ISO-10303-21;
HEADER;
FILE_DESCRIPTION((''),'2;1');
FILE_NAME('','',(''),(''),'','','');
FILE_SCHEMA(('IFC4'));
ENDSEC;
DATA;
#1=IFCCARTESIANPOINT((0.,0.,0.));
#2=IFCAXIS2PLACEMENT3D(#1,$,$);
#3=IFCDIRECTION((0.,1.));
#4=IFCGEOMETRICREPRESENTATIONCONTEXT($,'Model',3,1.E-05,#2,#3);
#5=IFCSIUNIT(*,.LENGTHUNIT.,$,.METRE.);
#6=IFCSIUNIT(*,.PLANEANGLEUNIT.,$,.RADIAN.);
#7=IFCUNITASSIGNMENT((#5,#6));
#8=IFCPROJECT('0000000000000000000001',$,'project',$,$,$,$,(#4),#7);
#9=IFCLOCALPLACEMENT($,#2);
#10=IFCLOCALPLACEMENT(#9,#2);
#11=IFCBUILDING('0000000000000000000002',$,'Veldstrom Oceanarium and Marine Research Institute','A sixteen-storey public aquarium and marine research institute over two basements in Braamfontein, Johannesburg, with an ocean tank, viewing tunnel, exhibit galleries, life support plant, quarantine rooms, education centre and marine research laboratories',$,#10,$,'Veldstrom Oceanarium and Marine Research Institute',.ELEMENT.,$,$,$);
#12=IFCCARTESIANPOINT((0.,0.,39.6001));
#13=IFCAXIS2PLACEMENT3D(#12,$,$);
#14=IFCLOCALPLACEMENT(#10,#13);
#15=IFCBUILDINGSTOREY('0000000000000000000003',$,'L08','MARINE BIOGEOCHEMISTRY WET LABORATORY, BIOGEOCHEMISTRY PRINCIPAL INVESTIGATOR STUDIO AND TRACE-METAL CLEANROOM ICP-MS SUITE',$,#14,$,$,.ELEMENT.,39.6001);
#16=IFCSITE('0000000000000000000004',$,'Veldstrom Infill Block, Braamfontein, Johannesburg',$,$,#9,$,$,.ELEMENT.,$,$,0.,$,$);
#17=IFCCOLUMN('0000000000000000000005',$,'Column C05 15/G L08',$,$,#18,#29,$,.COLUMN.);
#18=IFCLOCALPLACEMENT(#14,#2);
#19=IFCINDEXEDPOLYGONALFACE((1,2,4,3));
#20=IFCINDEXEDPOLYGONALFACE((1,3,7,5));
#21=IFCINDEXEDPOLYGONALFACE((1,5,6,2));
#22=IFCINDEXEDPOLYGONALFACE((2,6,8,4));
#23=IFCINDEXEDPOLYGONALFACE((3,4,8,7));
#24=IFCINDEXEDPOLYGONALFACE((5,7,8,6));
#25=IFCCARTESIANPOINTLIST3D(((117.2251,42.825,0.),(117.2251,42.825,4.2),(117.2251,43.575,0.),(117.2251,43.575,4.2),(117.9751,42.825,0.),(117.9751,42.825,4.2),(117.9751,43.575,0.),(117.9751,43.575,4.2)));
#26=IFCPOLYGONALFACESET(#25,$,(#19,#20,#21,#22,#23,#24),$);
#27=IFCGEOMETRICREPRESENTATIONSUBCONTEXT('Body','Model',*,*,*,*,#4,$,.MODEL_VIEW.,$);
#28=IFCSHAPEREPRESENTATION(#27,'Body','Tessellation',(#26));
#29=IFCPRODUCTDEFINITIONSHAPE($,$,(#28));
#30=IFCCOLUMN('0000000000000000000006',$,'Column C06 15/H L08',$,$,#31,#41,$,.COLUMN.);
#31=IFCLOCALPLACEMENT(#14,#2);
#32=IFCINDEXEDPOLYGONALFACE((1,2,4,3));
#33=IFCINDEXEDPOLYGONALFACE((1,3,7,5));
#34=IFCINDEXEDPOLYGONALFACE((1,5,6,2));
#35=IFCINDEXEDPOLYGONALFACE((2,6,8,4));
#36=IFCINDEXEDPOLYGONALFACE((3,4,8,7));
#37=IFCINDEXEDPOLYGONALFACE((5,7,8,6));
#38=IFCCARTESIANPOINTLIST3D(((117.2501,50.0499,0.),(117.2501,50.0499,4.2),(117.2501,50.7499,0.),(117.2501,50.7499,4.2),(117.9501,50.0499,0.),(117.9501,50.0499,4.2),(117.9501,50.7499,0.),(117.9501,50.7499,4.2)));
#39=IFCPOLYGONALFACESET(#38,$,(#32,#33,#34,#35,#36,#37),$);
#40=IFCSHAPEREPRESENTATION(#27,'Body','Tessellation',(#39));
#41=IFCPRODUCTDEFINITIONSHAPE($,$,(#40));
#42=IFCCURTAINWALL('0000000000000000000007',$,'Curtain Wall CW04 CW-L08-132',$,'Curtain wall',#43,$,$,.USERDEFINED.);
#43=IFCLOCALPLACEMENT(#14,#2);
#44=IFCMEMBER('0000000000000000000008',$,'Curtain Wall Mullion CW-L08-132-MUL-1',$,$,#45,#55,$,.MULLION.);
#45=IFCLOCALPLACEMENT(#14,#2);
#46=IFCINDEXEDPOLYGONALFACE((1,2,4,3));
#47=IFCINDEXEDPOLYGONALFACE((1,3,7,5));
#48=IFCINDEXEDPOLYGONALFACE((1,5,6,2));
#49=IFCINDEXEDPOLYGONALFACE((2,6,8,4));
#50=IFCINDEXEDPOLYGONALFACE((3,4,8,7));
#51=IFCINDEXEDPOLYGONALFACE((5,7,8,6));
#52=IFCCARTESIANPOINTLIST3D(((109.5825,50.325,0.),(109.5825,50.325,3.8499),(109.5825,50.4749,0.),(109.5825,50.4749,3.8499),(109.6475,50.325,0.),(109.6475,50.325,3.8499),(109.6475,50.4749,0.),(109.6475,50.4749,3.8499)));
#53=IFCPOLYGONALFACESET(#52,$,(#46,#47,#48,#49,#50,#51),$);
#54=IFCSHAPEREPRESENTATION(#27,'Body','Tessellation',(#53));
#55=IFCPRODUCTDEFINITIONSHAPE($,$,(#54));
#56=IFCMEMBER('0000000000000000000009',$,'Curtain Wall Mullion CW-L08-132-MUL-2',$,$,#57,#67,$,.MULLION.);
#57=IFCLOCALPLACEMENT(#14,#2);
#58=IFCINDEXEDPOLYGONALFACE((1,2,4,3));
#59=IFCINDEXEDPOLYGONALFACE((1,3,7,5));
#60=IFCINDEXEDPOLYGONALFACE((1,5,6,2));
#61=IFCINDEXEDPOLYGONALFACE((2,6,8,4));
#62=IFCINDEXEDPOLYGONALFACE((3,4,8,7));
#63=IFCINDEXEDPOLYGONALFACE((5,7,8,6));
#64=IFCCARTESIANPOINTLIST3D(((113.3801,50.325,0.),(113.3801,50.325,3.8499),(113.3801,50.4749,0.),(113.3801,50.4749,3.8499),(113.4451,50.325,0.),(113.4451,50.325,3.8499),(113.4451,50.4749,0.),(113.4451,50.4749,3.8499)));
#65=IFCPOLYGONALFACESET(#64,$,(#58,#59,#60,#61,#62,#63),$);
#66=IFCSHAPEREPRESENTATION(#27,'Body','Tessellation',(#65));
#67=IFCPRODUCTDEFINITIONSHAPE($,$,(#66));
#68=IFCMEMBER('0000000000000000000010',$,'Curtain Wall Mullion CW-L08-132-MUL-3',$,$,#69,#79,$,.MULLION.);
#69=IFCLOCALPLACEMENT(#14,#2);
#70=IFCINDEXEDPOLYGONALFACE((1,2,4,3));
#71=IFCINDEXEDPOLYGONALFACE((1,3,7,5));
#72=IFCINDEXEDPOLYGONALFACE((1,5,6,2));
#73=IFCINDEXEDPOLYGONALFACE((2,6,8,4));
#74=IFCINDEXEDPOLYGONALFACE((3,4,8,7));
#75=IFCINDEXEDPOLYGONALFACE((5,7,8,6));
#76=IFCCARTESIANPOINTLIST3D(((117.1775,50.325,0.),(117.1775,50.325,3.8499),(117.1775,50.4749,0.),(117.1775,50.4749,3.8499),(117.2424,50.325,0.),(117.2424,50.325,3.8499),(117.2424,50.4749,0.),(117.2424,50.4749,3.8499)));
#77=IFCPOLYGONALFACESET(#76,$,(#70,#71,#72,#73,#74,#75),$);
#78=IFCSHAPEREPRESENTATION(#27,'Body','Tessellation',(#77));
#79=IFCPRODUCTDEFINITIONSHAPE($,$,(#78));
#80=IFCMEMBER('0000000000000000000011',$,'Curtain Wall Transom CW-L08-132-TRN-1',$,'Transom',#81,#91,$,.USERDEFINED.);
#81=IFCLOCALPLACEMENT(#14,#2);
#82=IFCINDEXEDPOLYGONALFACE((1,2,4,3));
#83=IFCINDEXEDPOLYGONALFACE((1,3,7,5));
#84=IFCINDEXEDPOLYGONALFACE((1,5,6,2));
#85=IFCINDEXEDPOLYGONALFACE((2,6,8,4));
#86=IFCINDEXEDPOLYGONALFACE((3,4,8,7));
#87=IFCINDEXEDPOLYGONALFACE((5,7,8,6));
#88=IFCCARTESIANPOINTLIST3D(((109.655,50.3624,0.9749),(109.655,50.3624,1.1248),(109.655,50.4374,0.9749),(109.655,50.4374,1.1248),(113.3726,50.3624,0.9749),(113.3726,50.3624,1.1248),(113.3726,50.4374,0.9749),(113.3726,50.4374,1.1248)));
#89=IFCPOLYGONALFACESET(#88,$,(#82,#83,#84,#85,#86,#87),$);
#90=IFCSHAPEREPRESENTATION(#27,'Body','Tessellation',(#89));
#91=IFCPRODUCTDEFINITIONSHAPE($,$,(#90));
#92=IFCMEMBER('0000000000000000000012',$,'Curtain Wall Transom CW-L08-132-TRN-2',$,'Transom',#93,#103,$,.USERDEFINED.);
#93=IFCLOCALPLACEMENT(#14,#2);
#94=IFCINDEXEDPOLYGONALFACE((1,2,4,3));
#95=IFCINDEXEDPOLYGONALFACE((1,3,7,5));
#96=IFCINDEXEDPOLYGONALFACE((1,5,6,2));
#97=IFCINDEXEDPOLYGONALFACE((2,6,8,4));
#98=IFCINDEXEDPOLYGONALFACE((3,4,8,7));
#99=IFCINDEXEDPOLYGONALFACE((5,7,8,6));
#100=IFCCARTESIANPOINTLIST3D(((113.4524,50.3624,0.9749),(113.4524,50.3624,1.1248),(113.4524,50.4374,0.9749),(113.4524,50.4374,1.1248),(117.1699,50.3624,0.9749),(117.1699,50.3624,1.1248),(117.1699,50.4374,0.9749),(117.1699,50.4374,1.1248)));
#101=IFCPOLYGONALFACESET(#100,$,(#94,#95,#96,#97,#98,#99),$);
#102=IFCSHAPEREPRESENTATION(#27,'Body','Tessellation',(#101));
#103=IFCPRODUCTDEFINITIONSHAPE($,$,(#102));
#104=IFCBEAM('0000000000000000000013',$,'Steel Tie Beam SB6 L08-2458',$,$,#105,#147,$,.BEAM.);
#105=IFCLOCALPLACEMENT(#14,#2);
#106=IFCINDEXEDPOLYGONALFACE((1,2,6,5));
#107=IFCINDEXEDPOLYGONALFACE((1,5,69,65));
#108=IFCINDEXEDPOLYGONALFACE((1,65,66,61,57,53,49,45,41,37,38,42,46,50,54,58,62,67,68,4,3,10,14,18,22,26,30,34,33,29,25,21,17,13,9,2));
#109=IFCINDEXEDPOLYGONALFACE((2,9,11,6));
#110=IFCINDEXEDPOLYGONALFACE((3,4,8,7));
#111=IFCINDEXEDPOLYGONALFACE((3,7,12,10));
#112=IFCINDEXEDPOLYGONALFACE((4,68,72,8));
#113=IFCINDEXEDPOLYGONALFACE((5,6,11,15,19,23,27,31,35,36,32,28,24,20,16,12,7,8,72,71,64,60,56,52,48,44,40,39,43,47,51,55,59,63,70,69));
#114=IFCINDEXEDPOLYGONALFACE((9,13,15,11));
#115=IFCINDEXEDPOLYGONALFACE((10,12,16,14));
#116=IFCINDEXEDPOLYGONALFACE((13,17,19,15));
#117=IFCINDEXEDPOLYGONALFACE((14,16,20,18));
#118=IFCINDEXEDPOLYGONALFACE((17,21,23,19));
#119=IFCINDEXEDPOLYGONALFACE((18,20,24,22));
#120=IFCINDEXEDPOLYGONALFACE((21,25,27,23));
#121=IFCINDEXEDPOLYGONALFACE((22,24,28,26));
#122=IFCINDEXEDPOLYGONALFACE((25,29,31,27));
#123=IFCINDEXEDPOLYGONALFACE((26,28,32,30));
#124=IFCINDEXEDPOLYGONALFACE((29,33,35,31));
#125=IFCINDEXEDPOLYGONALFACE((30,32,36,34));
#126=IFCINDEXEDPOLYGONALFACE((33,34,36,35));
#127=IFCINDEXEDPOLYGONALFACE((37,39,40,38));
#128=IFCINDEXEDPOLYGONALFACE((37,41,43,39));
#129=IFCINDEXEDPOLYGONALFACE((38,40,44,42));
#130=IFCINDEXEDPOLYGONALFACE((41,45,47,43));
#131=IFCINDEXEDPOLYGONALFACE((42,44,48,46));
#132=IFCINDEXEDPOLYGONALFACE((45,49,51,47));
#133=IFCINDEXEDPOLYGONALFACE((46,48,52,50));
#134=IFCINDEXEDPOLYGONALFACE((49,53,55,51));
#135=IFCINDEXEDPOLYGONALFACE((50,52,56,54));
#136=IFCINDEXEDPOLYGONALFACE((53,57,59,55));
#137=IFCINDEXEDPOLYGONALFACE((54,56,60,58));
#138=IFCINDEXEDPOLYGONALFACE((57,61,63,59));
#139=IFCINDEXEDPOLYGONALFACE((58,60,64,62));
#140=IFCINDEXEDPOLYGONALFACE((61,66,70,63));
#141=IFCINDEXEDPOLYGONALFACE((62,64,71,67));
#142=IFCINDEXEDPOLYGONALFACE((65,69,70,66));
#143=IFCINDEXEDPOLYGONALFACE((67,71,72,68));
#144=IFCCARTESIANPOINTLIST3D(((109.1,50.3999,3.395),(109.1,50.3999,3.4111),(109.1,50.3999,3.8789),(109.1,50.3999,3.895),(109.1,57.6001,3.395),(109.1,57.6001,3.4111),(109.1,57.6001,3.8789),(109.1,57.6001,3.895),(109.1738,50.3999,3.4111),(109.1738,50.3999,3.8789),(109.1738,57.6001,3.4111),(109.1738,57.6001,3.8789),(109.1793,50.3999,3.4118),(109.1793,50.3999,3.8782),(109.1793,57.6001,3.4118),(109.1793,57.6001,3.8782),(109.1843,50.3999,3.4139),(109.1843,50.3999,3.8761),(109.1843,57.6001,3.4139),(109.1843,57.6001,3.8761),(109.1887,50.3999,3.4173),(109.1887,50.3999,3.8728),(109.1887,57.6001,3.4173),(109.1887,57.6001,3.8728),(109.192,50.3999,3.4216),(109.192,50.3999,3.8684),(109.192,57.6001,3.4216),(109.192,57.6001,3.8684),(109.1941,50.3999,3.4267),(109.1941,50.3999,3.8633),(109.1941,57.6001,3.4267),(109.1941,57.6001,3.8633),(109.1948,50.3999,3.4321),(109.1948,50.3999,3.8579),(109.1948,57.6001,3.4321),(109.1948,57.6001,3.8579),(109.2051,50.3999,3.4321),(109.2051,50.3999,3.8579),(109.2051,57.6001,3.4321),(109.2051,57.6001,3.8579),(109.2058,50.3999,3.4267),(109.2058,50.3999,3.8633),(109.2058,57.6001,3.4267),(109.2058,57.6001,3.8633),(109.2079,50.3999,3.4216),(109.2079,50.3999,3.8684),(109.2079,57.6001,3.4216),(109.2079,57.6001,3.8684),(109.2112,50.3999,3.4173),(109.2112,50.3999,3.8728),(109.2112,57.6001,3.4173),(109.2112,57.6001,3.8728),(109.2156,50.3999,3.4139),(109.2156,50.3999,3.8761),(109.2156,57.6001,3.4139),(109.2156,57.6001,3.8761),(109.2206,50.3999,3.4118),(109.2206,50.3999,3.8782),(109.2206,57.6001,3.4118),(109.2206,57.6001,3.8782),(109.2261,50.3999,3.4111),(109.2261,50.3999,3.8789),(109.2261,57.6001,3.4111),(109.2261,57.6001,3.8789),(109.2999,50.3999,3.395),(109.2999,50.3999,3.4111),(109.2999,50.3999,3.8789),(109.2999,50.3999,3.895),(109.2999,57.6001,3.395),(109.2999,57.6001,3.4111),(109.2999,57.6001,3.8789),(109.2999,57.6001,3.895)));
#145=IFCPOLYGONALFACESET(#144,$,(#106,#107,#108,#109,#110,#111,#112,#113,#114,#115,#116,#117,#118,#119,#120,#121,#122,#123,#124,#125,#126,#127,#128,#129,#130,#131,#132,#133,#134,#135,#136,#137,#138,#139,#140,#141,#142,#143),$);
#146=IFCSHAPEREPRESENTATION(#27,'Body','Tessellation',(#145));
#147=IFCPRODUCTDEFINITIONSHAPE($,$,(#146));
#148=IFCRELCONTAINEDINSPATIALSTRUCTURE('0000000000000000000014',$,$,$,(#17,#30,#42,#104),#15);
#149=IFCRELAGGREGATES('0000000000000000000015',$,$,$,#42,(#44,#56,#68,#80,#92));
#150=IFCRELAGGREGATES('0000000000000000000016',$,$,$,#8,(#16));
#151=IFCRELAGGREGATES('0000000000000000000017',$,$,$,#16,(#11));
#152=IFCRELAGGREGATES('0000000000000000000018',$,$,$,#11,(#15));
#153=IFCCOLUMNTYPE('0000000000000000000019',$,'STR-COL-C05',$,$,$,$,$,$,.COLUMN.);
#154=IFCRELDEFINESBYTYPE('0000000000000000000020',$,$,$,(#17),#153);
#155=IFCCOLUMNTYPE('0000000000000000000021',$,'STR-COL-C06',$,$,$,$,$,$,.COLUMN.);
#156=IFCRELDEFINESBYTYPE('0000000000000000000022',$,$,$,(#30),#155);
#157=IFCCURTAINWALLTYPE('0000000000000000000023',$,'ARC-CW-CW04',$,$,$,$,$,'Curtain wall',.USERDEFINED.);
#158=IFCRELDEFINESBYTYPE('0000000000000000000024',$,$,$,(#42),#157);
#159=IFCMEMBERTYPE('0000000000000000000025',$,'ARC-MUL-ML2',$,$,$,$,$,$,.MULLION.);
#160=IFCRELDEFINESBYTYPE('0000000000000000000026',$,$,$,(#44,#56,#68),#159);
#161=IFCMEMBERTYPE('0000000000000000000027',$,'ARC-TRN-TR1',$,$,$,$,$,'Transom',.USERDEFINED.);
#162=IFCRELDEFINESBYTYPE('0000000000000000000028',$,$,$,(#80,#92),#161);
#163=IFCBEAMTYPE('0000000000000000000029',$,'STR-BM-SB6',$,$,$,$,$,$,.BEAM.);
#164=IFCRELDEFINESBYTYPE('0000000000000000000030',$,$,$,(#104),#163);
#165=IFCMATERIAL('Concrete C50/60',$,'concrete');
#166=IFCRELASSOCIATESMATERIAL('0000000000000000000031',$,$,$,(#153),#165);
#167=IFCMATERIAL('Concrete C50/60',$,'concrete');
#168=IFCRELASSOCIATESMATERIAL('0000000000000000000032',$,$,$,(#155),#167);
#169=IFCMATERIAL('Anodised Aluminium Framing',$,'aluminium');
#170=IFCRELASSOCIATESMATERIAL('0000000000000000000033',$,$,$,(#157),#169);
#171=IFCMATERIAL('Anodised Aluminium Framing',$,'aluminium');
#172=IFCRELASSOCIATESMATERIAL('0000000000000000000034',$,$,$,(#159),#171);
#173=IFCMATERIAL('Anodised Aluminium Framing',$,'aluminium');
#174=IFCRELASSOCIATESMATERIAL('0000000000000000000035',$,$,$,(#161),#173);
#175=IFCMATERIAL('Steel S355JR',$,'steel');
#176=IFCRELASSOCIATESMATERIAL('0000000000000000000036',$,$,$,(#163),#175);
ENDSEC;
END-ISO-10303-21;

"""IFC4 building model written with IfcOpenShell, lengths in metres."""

from ifc_helpers import new_model, si_unit, direction, frame, origin, origin_2d, place, context, subcontext, project, spatial, rectangle, i_section, extrude, material, material_profile, profile_set, type_object, element, aggregate, save


model = new_model("IFC4")

# Units and contexts
model_context = context("Model", 3, precision=1e-05, world=origin(), true_north=direction((0.0, 1.0)))
body_context = subcontext(model_context, "Body", "Model", "MODEL_VIEW")
ifc_project = project(units=[si_unit("LENGTHUNIT", "METRE"), si_unit("PLANEANGLEUNIT", "RADIAN")], contexts=[model_context])

# Site, building, storey
site_placement = place(None, origin())
site = spatial("IfcSite", under=ifc_project, at=site_placement, Name="Veldstrom Infill Block, Braamfontein, Johannesburg", CompositionType="ELEMENT", RefElevation=0.0)
building_placement = place(site_placement, origin())
building = spatial("IfcBuilding", under=site, at=building_placement, Name="Veldstrom Oceanarium and Marine Research Institute", Description="A sixteen-storey public aquarium and marine research institute over two basements in Braamfontein, Johannesburg, with an ocean tank, viewing tunnel, exhibit galleries, life support plant, quarantine rooms, education centre and marine research laboratories", LongName="Veldstrom Oceanarium and Marine Research Institute", CompositionType="ELEMENT")
storey_placement = place(building_placement, frame((0.0, 0.0, 39.6001)))
storey = spatial("IfcBuildingStorey", under=building, at=storey_placement, Name="L08", Description="MARINE BIOGEOCHEMISTRY WET LABORATORY, BIOGEOCHEMISTRY PRINCIPAL INVESTIGATOR STUDIO AND TRACE-METAL CLEANROOM ICP-MS SUITE", CompositionType="ELEMENT", Elevation=39.6001)

# Columns
ifc_material_1 = material(Name="Concrete C50/60", Category="concrete")
ifc_material_profile_1 = material_profile(ifc_material_1, rectangle(XDim=0.75, YDim=0.75, at=origin_2d()), Name="RC-COL-750x750")
ifc_profile_set_1 = profile_set([ifc_material_profile_1], Name="Concrete C50/60")
column_type_1 = type_object("IfcColumnType", Name="STR-COL-C05", PredefinedType="COLUMN", material=ifc_profile_set_1)
column_1_placement = place(storey_placement, frame((117.6001, 43.2, 0.0), z_axis=(0.0, 0.0, 1.0), x_axis=(1.0, 0.0, 0.0)))
element("IfcColumn", 1, at=column_1_placement, inside=storey, type_object=column_type_1, Name="Column C05 15/G L08", PredefinedType="COLUMN", context=body_context, shape_type="SweptSolid", body=[
    extrude(rectangle(XDim=0.75, YDim=0.75, at=origin_2d()), origin(), (0.0, 0.0, 1.0), 4.2),
])
ifc_material_2 = material(Name="Concrete C50/60", Category="concrete")
ifc_material_profile_2 = material_profile(ifc_material_2, rectangle(XDim=0.7, YDim=0.7, at=origin_2d()), Name="RC-COL-700x700")
ifc_profile_set_2 = profile_set([ifc_material_profile_2], Name="Concrete C50/60")
column_type_2 = type_object("IfcColumnType", Name="STR-COL-C06", PredefinedType="COLUMN", material=ifc_profile_set_2)
column_2_placement = place(storey_placement, frame((117.6001, 50.3999, 0.0), z_axis=(0.0, 0.0, 1.0), x_axis=(1.0, 0.0, 0.0)))
element("IfcColumn", 2, at=column_2_placement, inside=storey, type_object=column_type_2, Name="Column C06 15/H L08", PredefinedType="COLUMN", context=body_context, shape_type="SweptSolid", body=[
    extrude(rectangle(XDim=0.7, YDim=0.7, at=origin_2d()), origin(), (0.0, 0.0, 1.0), 4.2),
])

# Curtain wall, members
ifc_material_3 = material(Name="Anodised Aluminium Framing", Category="aluminium")
curtain_wall_type = type_object("IfcCurtainWallType", Name="ARC-CW-CW04", ElementType="Curtain wall", PredefinedType="USERDEFINED", material=ifc_material_3)
curtain_wall_placement = place(storey_placement, origin())
curtain_wall = element("IfcCurtainWall", 3, at=curtain_wall_placement, inside=storey, type_object=curtain_wall_type, Name="Curtain Wall CW04 CW-L08-132", ObjectType="Curtain wall", PredefinedType="USERDEFINED")
ifc_material_4 = material(Name="Anodised Aluminium Framing", Category="aluminium")
ifc_material_profile_3 = material_profile(ifc_material_4, rectangle(XDim=0.0649, YDim=0.1499, at=origin_2d()), Name="ALU-MUL-65x150")
ifc_profile_set_3 = profile_set([ifc_material_profile_3], Name="Anodised Aluminium Framing")
member_type_1 = type_object("IfcMemberType", Name="ARC-MUL-ML2", PredefinedType="MULLION", material=ifc_profile_set_3)
member_1_placement = place(storey_placement, frame((109.615, 50.3999, 0.0), z_axis=(0.0, 0.0, 1.0), x_axis=(1.0, 0.0, 0.0)))
member_1 = element("IfcMember", 4, at=member_1_placement, type_object=member_type_1, Name="Curtain Wall Mullion CW-L08-132-MUL-1", PredefinedType="MULLION", context=body_context, shape_type="SweptSolid", body=[
    extrude(rectangle(XDim=0.0649, YDim=0.1499, at=origin_2d()), origin(), (0.0, 0.0, 1.0), 3.8499),
])
member_2_placement = place(storey_placement, frame((113.4126, 50.3999, 0.0), z_axis=(0.0, 0.0, 1.0), x_axis=(1.0, 0.0, 0.0)))
member_2 = element("IfcMember", 5, at=member_2_placement, type_object=member_type_1, Name="Curtain Wall Mullion CW-L08-132-MUL-2", PredefinedType="MULLION", context=body_context, shape_type="SweptSolid", body=[
    extrude(rectangle(XDim=0.0649, YDim=0.1499, at=origin_2d()), origin(), (0.0, 0.0, 1.0), 3.8499),
])
member_3_placement = place(storey_placement, frame((117.21, 50.3999, 0.0), z_axis=(0.0, 0.0, 1.0), x_axis=(1.0, 0.0, 0.0)))
member_3 = element("IfcMember", 6, at=member_3_placement, type_object=member_type_1, Name="Curtain Wall Mullion CW-L08-132-MUL-3", PredefinedType="MULLION", context=body_context, shape_type="SweptSolid", body=[
    extrude(rectangle(XDim=0.0649, YDim=0.1499, at=origin_2d()), origin(), (0.0, 0.0, 1.0), 3.8499),
])
ifc_material_5 = material(Name="Anodised Aluminium Framing", Category="aluminium")
ifc_material_profile_4 = material_profile(ifc_material_5, rectangle(XDim=0.075, YDim=0.1499, at=origin_2d()), Name="ALU-TRN-75x150")
ifc_profile_set_4 = profile_set([ifc_material_profile_4], Name="Anodised Aluminium Framing")
member_type_2 = type_object("IfcMemberType", Name="ARC-TRN-TR1", ElementType="Transom", PredefinedType="USERDEFINED", material=ifc_profile_set_4)
member_4_placement = place(storey_placement, frame((109.655, 50.3999, 1.0498), z_axis=(1.0, 0.0, 0.0), x_axis=(0.0, 1.0, 0.0)))
member_4 = element("IfcMember", 7, at=member_4_placement, type_object=member_type_2, Name="Curtain Wall Transom CW-L08-132-TRN-1", ObjectType="Transom", PredefinedType="USERDEFINED", context=body_context, shape_type="SweptSolid", body=[
    extrude(rectangle(XDim=0.075, YDim=0.1499, at=origin_2d()), origin(), (0.0, 0.0, 1.0), 3.7175),
])
member_5_placement = place(storey_placement, frame((113.4524, 50.3999, 1.0498), z_axis=(1.0, 0.0, 0.0), x_axis=(0.0, 1.0, 0.0)))
member_5 = element("IfcMember", 8, at=member_5_placement, type_object=member_type_2, Name="Curtain Wall Transom CW-L08-132-TRN-2", ObjectType="Transom", PredefinedType="USERDEFINED", context=body_context, shape_type="SweptSolid", body=[
    extrude(rectangle(XDim=0.075, YDim=0.1499, at=origin_2d()), origin(), (0.0, 0.0, 1.0), 3.7175),
])

# Beam
ifc_material_6 = material(Name="Steel S355JR", Category="steel")
ifc_material_profile_5 = material_profile(ifc_material_6, i_section(OverallWidth=0.2, OverallDepth=0.5, WebThickness=0.0103, FlangeThickness=0.0161, FilletRadius=0.021, at=origin_2d()), Name="IPE 500")
ifc_profile_set_5 = profile_set([ifc_material_profile_5], Name="Steel S355JR")
beam_type_1 = type_object("IfcBeamType", Name="STR-BM-SB6", PredefinedType="BEAM", material=ifc_profile_set_5)
beam_1_placement = place(storey_placement, frame((109.2, 50.3999, 3.645), z_axis=(0.0, 1.0, 0.0), x_axis=(-1.0, 0.0, 0.0)))
element("IfcBeam", 9, at=beam_1_placement, inside=storey, type_object=beam_type_1, Name="Steel Tie Beam SB6 L08-2458", PredefinedType="BEAM", context=body_context, shape_type="SweptSolid", body=[
    extrude(i_section(OverallWidth=0.2, OverallDepth=0.5, WebThickness=0.0103, FlangeThickness=0.0161, FilletRadius=0.021, at=origin_2d()), origin(), (0.0, 0.0, 1.0), 7.2002),
])

aggregate(curtain_wall, [member_1, member_2, member_3, member_4, member_5])

save(model, "model.ifc")
